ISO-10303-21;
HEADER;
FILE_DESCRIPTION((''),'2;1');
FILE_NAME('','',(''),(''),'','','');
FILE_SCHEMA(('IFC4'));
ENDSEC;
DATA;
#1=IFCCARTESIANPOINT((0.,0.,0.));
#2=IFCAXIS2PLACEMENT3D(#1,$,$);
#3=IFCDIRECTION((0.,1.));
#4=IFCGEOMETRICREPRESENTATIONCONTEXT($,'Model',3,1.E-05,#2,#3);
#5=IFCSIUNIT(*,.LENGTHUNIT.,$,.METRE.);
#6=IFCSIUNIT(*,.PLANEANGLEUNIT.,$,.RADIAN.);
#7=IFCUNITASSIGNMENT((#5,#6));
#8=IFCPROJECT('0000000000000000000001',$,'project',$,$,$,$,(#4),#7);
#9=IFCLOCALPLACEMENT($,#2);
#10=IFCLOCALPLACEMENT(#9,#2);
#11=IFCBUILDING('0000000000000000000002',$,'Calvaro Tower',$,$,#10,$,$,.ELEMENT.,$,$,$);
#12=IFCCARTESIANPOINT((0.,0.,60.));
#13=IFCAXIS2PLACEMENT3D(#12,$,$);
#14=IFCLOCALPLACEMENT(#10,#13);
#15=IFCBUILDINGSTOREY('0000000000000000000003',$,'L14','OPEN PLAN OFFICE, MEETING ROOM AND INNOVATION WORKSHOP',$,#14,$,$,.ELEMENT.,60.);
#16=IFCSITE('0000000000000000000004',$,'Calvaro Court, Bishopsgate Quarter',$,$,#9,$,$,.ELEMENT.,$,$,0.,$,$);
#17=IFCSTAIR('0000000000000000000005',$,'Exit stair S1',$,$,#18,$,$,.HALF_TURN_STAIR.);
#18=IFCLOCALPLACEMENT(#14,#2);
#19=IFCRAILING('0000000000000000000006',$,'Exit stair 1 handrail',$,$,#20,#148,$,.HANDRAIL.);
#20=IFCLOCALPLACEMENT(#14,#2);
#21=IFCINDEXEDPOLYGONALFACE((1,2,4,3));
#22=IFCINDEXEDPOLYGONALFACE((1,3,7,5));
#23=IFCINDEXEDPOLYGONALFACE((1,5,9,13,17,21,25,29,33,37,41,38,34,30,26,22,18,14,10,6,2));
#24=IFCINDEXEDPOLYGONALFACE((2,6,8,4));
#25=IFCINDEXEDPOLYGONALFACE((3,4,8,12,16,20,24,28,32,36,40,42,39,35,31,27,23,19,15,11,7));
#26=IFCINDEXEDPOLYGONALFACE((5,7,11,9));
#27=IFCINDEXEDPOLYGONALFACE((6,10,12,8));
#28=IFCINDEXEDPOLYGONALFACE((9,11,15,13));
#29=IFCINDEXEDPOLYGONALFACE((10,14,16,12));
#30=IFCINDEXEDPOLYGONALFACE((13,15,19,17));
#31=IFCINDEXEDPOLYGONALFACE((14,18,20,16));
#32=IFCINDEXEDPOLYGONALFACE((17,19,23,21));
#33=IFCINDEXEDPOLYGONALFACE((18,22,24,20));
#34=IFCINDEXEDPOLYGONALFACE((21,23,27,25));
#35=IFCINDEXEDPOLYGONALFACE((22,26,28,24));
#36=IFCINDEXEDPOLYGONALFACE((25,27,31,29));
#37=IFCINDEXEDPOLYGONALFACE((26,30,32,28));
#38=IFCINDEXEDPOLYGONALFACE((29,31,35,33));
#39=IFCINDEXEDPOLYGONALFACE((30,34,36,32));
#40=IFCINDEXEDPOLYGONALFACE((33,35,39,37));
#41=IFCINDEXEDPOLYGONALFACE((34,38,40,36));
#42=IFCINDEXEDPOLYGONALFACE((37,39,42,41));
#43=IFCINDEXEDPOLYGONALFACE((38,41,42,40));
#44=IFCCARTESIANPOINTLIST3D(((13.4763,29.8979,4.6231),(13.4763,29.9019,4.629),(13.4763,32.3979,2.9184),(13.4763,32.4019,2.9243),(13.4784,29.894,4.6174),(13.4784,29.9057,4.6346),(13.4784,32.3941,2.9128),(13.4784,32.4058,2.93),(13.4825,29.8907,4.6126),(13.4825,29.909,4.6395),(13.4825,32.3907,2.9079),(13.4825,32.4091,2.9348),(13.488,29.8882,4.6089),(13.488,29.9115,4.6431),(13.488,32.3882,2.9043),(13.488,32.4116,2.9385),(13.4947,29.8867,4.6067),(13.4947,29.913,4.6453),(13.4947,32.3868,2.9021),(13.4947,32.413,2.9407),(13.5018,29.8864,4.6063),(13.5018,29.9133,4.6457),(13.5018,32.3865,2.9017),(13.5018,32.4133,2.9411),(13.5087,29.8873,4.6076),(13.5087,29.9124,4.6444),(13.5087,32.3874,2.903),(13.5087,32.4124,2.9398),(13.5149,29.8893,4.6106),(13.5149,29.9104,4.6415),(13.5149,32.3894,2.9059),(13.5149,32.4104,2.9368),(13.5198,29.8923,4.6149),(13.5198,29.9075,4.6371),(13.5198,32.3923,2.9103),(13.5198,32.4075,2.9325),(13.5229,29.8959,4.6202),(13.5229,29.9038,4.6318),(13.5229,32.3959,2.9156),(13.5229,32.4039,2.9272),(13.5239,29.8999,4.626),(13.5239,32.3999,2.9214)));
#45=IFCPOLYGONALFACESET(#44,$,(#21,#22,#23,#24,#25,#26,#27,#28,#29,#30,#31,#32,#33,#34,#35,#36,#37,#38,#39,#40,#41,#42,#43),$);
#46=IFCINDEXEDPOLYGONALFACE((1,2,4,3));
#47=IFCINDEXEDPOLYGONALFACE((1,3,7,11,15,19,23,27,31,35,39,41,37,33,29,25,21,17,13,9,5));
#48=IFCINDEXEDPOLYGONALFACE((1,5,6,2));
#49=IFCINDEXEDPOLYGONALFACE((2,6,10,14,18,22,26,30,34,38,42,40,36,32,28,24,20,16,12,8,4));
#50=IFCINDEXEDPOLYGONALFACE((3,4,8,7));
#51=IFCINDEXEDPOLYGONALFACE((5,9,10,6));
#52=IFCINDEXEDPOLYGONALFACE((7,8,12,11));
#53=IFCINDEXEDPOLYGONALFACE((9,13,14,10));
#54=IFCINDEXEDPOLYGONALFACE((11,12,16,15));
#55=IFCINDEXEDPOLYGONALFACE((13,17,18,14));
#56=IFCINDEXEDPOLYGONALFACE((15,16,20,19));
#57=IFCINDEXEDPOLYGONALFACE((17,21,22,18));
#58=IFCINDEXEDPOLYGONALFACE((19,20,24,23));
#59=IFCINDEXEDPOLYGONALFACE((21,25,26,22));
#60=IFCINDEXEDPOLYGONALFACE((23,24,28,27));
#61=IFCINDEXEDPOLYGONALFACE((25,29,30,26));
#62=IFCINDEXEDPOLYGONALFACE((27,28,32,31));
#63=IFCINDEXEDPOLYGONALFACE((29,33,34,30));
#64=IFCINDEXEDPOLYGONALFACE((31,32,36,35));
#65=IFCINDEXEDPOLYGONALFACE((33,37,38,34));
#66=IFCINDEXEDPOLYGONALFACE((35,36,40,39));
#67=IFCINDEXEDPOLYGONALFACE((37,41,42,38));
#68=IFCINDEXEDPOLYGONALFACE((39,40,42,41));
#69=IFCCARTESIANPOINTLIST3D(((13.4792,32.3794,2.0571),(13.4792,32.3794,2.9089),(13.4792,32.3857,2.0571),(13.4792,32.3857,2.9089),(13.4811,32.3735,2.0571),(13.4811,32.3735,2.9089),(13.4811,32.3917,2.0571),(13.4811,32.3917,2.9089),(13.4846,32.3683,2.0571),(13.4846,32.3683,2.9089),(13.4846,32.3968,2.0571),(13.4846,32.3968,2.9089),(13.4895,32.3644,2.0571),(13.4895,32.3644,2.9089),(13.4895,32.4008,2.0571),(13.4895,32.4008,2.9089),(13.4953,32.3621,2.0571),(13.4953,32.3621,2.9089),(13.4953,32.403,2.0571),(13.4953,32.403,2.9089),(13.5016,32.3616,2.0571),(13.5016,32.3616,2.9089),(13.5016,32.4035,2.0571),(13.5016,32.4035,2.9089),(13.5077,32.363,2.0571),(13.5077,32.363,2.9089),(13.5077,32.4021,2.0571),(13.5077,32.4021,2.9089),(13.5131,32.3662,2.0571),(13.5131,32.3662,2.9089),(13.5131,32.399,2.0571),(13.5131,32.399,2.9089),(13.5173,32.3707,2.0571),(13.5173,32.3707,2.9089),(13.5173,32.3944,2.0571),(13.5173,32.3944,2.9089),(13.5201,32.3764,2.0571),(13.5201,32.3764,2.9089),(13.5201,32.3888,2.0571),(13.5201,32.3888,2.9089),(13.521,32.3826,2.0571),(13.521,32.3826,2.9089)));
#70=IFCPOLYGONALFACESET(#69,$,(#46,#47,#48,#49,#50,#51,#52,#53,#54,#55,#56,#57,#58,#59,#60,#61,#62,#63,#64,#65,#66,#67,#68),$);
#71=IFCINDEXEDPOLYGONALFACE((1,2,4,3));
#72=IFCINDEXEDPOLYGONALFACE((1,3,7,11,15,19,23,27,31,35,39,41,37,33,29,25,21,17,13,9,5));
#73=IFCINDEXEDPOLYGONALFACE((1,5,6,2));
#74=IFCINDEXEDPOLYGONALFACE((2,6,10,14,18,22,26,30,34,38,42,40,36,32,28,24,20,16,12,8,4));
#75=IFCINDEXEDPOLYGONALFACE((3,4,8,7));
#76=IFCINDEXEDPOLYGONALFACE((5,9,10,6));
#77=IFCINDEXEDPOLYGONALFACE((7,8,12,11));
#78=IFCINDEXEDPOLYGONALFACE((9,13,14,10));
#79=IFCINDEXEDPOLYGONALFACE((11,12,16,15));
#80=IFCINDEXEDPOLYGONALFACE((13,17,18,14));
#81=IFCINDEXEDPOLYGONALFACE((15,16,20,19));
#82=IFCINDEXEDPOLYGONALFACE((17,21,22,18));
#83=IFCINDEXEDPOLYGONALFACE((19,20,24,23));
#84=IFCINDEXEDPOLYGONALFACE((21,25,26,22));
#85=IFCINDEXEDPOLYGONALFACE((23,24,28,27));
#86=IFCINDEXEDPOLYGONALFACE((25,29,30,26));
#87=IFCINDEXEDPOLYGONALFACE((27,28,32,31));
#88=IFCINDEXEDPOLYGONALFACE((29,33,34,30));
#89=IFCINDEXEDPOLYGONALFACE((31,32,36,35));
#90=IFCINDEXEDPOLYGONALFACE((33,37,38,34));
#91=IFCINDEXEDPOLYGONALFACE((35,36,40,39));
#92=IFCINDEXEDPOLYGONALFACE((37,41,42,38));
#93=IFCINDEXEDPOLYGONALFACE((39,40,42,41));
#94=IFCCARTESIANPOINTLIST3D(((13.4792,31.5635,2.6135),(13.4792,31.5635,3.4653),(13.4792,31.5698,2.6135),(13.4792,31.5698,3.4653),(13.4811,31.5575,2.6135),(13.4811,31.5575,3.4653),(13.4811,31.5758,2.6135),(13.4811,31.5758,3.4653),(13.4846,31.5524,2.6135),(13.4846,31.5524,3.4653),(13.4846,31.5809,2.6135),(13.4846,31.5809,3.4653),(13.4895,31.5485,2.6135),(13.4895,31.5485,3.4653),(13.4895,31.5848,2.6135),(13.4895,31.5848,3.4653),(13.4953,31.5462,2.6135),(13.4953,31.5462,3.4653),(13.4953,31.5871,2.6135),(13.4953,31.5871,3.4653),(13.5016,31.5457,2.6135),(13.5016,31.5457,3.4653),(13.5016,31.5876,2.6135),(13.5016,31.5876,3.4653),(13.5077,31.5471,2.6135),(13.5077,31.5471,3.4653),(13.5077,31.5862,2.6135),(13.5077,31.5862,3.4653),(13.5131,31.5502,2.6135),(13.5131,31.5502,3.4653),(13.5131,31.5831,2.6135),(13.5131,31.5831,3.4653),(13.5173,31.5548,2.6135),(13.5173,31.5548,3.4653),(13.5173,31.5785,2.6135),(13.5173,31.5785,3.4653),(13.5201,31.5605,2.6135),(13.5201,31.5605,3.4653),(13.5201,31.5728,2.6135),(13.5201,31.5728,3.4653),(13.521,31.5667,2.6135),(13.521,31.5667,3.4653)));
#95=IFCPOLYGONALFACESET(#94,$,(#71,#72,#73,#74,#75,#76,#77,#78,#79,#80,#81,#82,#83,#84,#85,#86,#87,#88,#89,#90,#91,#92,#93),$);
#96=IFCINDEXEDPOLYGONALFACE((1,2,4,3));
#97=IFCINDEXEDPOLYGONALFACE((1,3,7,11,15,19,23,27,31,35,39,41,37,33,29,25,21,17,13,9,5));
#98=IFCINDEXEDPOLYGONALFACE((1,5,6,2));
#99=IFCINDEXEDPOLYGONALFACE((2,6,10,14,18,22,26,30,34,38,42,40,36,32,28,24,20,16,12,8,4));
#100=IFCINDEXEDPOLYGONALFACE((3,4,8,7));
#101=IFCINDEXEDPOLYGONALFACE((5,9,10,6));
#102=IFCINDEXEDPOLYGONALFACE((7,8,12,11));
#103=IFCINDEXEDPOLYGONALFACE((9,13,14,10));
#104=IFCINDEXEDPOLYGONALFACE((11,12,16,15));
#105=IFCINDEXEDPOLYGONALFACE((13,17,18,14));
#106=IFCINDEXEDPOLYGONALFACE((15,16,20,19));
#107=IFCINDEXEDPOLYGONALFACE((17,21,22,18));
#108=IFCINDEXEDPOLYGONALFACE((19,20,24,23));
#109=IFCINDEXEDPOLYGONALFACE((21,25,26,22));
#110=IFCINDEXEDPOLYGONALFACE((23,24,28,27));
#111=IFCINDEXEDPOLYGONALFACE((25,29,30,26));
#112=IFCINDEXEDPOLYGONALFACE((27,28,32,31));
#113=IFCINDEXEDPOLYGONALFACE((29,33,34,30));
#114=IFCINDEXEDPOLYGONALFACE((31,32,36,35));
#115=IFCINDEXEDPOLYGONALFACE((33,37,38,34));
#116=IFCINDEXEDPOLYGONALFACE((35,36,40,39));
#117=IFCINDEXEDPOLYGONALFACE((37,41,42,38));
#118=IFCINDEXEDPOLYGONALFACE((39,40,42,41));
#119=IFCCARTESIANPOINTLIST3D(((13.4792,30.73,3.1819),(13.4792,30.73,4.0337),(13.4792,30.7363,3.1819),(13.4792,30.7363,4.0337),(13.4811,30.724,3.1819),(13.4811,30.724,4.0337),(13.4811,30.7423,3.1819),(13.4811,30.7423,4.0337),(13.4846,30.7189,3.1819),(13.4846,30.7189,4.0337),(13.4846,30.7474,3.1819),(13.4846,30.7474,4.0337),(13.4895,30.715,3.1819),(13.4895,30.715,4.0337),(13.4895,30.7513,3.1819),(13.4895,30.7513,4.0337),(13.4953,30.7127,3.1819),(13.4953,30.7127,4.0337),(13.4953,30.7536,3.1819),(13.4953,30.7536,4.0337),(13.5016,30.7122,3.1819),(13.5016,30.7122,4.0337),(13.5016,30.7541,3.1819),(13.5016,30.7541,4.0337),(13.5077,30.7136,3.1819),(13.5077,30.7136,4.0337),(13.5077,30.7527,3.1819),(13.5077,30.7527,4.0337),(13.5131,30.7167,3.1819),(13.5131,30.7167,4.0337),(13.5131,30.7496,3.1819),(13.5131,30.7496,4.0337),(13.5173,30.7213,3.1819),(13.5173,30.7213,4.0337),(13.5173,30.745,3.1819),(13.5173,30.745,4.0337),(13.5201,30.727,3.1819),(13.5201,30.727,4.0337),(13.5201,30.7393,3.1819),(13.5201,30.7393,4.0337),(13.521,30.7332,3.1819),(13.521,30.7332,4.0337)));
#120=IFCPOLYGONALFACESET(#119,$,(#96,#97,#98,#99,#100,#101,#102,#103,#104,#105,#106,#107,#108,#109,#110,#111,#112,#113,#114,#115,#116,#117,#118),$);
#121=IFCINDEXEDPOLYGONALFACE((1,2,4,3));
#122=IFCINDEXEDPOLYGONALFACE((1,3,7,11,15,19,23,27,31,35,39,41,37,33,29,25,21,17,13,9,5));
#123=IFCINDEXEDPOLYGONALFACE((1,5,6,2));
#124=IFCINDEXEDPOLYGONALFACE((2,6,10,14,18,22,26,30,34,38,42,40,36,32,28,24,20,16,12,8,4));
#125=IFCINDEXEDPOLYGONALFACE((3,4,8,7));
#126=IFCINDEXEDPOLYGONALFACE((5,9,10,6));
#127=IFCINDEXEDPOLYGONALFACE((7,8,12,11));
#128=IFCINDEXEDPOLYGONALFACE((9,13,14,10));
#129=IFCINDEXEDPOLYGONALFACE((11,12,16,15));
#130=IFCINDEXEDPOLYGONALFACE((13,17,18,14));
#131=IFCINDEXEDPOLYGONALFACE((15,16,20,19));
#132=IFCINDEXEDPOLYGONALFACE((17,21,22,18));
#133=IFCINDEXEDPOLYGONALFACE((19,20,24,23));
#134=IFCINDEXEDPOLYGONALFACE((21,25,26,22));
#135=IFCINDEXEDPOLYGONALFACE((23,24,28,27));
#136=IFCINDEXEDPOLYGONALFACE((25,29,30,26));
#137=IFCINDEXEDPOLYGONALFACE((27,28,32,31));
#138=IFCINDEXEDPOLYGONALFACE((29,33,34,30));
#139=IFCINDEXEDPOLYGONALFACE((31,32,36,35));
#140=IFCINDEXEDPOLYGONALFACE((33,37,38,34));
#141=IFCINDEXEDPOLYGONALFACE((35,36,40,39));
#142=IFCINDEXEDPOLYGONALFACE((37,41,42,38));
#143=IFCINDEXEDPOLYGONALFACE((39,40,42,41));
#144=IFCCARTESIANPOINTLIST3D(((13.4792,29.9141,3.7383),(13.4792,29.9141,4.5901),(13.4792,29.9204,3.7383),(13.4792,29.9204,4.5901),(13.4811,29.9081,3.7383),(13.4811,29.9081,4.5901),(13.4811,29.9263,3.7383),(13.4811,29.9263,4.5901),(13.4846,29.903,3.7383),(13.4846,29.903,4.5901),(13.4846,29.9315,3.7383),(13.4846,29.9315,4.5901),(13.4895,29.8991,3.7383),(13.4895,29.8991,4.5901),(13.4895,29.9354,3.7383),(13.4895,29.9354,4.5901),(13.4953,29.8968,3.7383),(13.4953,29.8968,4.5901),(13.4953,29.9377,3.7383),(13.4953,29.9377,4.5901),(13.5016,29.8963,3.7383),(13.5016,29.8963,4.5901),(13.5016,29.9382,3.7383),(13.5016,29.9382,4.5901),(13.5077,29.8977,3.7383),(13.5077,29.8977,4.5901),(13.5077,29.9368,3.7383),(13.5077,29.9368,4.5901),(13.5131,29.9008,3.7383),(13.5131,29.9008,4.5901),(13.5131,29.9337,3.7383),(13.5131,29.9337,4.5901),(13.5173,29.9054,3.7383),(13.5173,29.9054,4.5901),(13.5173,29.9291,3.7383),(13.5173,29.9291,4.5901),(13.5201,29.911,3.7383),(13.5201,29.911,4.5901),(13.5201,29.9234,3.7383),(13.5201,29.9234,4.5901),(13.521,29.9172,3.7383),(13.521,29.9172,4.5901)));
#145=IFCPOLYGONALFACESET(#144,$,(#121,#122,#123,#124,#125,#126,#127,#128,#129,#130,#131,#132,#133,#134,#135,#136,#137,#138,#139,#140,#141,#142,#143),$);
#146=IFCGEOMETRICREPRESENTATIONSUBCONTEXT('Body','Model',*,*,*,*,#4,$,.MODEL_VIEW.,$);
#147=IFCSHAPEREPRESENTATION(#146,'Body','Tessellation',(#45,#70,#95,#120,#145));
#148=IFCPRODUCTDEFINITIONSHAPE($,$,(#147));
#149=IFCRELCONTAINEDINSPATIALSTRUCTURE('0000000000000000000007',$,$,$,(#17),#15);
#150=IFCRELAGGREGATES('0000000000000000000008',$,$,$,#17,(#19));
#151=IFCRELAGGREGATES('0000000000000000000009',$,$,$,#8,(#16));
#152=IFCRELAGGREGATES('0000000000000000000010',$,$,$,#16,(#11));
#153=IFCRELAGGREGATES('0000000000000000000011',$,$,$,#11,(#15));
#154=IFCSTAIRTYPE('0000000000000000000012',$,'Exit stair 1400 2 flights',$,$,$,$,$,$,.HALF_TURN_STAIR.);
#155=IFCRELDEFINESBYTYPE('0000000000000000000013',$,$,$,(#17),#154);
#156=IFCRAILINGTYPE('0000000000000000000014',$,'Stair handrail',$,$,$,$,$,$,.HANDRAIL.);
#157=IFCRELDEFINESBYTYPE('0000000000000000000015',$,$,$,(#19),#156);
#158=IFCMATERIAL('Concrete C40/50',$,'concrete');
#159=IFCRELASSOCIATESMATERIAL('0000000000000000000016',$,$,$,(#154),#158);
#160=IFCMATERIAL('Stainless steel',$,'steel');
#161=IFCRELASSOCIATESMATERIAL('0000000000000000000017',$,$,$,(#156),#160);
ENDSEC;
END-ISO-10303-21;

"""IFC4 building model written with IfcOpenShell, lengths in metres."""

from ifc_helpers import new_model, si_unit, direction, frame, origin, origin_2d, place, context, subcontext, project, spatial, circle, extrude, material, type_object, element, aggregate, save


model = new_model("IFC4")

# Units and contexts
model_context = context("Model", 3, precision=1e-05, world=origin(), true_north=direction((0.0, 1.0)))
body_context = subcontext(model_context, "Body", "Model", "MODEL_VIEW")
ifc_project = project(units=[si_unit("LENGTHUNIT", "METRE"), si_unit("PLANEANGLEUNIT", "RADIAN")], contexts=[model_context])

# Site, building, storey
site_placement = place(None, origin())
site = spatial("IfcSite", under=ifc_project, at=site_placement, Name="Calvaro Court, Bishopsgate Quarter", CompositionType="ELEMENT", RefElevation=0.0)
building_placement = place(site_placement, origin())
building = spatial("IfcBuilding", under=site, at=building_placement, Name="Calvaro Tower", CompositionType="ELEMENT")
storey_placement = place(building_placement, frame((0.0, 0.0, 60.0)))
storey = spatial("IfcBuildingStorey", under=building, at=storey_placement, Name="L14", Description="OPEN PLAN OFFICE, MEETING ROOM AND INNOVATION WORKSHOP", CompositionType="ELEMENT", Elevation=60.0)

# Stair, railing
ifc_material_1 = material(Name="Concrete C40/50", Category="concrete")
stair_type = type_object("IfcStairType", Name="Exit stair 1400 2 flights", PredefinedType="HALF_TURN_STAIR", material=ifc_material_1)
stair_placement = place(storey_placement, origin())
stair = element("IfcStair", 1, at=stair_placement, inside=storey, type_object=stair_type, Name="Exit stair S1", PredefinedType="HALF_TURN_STAIR")
ifc_material_2 = material(Name="Stainless steel", Category="steel")
railing_type = type_object("IfcRailingType", Name="Stair handrail", PredefinedType="HANDRAIL", material=ifc_material_2)
railing_1_placement = place(storey_placement, frame((13.5, 32.3999, 2.0454)))
railing_1 = element("IfcRailing", 2, at=railing_1_placement, type_object=railing_type, Name="Exit stair 1 handrail", PredefinedType="HANDRAIL", context=body_context, shape_type="SweptSolid", body=[
    extrude(circle(Radius=0.0239, at=origin_2d()), frame((0.0, 0.0, 0.876), z_axis=(0.0, -0.826221, 0.563347), x_axis=(1.0, 0.0, 0.0)), (0.0, 0.0, 1.0), 3.0259),
    extrude(circle(Radius=0.021, at=origin_2d()), frame((0.0, -0.0173, 0.0117)), (0.0, 0.0, 1.0), 0.8518),
    extrude(circle(Radius=0.021, at=origin_2d()), frame((0.0, -0.8333, 0.5681)), (0.0, 0.0, 1.0), 0.8518),
    extrude(circle(Radius=0.021, at=origin_2d()), frame((0.0, -1.6667, 1.1365)), (0.0, 0.0, 1.0), 0.8518),
    extrude(circle(Radius=0.021, at=origin_2d()), frame((0.0, -2.4827, 1.6929)), (0.0, 0.0, 1.0), 0.8518),
])
aggregate(stair, [railing_1])

save(model, "model.ifc")
